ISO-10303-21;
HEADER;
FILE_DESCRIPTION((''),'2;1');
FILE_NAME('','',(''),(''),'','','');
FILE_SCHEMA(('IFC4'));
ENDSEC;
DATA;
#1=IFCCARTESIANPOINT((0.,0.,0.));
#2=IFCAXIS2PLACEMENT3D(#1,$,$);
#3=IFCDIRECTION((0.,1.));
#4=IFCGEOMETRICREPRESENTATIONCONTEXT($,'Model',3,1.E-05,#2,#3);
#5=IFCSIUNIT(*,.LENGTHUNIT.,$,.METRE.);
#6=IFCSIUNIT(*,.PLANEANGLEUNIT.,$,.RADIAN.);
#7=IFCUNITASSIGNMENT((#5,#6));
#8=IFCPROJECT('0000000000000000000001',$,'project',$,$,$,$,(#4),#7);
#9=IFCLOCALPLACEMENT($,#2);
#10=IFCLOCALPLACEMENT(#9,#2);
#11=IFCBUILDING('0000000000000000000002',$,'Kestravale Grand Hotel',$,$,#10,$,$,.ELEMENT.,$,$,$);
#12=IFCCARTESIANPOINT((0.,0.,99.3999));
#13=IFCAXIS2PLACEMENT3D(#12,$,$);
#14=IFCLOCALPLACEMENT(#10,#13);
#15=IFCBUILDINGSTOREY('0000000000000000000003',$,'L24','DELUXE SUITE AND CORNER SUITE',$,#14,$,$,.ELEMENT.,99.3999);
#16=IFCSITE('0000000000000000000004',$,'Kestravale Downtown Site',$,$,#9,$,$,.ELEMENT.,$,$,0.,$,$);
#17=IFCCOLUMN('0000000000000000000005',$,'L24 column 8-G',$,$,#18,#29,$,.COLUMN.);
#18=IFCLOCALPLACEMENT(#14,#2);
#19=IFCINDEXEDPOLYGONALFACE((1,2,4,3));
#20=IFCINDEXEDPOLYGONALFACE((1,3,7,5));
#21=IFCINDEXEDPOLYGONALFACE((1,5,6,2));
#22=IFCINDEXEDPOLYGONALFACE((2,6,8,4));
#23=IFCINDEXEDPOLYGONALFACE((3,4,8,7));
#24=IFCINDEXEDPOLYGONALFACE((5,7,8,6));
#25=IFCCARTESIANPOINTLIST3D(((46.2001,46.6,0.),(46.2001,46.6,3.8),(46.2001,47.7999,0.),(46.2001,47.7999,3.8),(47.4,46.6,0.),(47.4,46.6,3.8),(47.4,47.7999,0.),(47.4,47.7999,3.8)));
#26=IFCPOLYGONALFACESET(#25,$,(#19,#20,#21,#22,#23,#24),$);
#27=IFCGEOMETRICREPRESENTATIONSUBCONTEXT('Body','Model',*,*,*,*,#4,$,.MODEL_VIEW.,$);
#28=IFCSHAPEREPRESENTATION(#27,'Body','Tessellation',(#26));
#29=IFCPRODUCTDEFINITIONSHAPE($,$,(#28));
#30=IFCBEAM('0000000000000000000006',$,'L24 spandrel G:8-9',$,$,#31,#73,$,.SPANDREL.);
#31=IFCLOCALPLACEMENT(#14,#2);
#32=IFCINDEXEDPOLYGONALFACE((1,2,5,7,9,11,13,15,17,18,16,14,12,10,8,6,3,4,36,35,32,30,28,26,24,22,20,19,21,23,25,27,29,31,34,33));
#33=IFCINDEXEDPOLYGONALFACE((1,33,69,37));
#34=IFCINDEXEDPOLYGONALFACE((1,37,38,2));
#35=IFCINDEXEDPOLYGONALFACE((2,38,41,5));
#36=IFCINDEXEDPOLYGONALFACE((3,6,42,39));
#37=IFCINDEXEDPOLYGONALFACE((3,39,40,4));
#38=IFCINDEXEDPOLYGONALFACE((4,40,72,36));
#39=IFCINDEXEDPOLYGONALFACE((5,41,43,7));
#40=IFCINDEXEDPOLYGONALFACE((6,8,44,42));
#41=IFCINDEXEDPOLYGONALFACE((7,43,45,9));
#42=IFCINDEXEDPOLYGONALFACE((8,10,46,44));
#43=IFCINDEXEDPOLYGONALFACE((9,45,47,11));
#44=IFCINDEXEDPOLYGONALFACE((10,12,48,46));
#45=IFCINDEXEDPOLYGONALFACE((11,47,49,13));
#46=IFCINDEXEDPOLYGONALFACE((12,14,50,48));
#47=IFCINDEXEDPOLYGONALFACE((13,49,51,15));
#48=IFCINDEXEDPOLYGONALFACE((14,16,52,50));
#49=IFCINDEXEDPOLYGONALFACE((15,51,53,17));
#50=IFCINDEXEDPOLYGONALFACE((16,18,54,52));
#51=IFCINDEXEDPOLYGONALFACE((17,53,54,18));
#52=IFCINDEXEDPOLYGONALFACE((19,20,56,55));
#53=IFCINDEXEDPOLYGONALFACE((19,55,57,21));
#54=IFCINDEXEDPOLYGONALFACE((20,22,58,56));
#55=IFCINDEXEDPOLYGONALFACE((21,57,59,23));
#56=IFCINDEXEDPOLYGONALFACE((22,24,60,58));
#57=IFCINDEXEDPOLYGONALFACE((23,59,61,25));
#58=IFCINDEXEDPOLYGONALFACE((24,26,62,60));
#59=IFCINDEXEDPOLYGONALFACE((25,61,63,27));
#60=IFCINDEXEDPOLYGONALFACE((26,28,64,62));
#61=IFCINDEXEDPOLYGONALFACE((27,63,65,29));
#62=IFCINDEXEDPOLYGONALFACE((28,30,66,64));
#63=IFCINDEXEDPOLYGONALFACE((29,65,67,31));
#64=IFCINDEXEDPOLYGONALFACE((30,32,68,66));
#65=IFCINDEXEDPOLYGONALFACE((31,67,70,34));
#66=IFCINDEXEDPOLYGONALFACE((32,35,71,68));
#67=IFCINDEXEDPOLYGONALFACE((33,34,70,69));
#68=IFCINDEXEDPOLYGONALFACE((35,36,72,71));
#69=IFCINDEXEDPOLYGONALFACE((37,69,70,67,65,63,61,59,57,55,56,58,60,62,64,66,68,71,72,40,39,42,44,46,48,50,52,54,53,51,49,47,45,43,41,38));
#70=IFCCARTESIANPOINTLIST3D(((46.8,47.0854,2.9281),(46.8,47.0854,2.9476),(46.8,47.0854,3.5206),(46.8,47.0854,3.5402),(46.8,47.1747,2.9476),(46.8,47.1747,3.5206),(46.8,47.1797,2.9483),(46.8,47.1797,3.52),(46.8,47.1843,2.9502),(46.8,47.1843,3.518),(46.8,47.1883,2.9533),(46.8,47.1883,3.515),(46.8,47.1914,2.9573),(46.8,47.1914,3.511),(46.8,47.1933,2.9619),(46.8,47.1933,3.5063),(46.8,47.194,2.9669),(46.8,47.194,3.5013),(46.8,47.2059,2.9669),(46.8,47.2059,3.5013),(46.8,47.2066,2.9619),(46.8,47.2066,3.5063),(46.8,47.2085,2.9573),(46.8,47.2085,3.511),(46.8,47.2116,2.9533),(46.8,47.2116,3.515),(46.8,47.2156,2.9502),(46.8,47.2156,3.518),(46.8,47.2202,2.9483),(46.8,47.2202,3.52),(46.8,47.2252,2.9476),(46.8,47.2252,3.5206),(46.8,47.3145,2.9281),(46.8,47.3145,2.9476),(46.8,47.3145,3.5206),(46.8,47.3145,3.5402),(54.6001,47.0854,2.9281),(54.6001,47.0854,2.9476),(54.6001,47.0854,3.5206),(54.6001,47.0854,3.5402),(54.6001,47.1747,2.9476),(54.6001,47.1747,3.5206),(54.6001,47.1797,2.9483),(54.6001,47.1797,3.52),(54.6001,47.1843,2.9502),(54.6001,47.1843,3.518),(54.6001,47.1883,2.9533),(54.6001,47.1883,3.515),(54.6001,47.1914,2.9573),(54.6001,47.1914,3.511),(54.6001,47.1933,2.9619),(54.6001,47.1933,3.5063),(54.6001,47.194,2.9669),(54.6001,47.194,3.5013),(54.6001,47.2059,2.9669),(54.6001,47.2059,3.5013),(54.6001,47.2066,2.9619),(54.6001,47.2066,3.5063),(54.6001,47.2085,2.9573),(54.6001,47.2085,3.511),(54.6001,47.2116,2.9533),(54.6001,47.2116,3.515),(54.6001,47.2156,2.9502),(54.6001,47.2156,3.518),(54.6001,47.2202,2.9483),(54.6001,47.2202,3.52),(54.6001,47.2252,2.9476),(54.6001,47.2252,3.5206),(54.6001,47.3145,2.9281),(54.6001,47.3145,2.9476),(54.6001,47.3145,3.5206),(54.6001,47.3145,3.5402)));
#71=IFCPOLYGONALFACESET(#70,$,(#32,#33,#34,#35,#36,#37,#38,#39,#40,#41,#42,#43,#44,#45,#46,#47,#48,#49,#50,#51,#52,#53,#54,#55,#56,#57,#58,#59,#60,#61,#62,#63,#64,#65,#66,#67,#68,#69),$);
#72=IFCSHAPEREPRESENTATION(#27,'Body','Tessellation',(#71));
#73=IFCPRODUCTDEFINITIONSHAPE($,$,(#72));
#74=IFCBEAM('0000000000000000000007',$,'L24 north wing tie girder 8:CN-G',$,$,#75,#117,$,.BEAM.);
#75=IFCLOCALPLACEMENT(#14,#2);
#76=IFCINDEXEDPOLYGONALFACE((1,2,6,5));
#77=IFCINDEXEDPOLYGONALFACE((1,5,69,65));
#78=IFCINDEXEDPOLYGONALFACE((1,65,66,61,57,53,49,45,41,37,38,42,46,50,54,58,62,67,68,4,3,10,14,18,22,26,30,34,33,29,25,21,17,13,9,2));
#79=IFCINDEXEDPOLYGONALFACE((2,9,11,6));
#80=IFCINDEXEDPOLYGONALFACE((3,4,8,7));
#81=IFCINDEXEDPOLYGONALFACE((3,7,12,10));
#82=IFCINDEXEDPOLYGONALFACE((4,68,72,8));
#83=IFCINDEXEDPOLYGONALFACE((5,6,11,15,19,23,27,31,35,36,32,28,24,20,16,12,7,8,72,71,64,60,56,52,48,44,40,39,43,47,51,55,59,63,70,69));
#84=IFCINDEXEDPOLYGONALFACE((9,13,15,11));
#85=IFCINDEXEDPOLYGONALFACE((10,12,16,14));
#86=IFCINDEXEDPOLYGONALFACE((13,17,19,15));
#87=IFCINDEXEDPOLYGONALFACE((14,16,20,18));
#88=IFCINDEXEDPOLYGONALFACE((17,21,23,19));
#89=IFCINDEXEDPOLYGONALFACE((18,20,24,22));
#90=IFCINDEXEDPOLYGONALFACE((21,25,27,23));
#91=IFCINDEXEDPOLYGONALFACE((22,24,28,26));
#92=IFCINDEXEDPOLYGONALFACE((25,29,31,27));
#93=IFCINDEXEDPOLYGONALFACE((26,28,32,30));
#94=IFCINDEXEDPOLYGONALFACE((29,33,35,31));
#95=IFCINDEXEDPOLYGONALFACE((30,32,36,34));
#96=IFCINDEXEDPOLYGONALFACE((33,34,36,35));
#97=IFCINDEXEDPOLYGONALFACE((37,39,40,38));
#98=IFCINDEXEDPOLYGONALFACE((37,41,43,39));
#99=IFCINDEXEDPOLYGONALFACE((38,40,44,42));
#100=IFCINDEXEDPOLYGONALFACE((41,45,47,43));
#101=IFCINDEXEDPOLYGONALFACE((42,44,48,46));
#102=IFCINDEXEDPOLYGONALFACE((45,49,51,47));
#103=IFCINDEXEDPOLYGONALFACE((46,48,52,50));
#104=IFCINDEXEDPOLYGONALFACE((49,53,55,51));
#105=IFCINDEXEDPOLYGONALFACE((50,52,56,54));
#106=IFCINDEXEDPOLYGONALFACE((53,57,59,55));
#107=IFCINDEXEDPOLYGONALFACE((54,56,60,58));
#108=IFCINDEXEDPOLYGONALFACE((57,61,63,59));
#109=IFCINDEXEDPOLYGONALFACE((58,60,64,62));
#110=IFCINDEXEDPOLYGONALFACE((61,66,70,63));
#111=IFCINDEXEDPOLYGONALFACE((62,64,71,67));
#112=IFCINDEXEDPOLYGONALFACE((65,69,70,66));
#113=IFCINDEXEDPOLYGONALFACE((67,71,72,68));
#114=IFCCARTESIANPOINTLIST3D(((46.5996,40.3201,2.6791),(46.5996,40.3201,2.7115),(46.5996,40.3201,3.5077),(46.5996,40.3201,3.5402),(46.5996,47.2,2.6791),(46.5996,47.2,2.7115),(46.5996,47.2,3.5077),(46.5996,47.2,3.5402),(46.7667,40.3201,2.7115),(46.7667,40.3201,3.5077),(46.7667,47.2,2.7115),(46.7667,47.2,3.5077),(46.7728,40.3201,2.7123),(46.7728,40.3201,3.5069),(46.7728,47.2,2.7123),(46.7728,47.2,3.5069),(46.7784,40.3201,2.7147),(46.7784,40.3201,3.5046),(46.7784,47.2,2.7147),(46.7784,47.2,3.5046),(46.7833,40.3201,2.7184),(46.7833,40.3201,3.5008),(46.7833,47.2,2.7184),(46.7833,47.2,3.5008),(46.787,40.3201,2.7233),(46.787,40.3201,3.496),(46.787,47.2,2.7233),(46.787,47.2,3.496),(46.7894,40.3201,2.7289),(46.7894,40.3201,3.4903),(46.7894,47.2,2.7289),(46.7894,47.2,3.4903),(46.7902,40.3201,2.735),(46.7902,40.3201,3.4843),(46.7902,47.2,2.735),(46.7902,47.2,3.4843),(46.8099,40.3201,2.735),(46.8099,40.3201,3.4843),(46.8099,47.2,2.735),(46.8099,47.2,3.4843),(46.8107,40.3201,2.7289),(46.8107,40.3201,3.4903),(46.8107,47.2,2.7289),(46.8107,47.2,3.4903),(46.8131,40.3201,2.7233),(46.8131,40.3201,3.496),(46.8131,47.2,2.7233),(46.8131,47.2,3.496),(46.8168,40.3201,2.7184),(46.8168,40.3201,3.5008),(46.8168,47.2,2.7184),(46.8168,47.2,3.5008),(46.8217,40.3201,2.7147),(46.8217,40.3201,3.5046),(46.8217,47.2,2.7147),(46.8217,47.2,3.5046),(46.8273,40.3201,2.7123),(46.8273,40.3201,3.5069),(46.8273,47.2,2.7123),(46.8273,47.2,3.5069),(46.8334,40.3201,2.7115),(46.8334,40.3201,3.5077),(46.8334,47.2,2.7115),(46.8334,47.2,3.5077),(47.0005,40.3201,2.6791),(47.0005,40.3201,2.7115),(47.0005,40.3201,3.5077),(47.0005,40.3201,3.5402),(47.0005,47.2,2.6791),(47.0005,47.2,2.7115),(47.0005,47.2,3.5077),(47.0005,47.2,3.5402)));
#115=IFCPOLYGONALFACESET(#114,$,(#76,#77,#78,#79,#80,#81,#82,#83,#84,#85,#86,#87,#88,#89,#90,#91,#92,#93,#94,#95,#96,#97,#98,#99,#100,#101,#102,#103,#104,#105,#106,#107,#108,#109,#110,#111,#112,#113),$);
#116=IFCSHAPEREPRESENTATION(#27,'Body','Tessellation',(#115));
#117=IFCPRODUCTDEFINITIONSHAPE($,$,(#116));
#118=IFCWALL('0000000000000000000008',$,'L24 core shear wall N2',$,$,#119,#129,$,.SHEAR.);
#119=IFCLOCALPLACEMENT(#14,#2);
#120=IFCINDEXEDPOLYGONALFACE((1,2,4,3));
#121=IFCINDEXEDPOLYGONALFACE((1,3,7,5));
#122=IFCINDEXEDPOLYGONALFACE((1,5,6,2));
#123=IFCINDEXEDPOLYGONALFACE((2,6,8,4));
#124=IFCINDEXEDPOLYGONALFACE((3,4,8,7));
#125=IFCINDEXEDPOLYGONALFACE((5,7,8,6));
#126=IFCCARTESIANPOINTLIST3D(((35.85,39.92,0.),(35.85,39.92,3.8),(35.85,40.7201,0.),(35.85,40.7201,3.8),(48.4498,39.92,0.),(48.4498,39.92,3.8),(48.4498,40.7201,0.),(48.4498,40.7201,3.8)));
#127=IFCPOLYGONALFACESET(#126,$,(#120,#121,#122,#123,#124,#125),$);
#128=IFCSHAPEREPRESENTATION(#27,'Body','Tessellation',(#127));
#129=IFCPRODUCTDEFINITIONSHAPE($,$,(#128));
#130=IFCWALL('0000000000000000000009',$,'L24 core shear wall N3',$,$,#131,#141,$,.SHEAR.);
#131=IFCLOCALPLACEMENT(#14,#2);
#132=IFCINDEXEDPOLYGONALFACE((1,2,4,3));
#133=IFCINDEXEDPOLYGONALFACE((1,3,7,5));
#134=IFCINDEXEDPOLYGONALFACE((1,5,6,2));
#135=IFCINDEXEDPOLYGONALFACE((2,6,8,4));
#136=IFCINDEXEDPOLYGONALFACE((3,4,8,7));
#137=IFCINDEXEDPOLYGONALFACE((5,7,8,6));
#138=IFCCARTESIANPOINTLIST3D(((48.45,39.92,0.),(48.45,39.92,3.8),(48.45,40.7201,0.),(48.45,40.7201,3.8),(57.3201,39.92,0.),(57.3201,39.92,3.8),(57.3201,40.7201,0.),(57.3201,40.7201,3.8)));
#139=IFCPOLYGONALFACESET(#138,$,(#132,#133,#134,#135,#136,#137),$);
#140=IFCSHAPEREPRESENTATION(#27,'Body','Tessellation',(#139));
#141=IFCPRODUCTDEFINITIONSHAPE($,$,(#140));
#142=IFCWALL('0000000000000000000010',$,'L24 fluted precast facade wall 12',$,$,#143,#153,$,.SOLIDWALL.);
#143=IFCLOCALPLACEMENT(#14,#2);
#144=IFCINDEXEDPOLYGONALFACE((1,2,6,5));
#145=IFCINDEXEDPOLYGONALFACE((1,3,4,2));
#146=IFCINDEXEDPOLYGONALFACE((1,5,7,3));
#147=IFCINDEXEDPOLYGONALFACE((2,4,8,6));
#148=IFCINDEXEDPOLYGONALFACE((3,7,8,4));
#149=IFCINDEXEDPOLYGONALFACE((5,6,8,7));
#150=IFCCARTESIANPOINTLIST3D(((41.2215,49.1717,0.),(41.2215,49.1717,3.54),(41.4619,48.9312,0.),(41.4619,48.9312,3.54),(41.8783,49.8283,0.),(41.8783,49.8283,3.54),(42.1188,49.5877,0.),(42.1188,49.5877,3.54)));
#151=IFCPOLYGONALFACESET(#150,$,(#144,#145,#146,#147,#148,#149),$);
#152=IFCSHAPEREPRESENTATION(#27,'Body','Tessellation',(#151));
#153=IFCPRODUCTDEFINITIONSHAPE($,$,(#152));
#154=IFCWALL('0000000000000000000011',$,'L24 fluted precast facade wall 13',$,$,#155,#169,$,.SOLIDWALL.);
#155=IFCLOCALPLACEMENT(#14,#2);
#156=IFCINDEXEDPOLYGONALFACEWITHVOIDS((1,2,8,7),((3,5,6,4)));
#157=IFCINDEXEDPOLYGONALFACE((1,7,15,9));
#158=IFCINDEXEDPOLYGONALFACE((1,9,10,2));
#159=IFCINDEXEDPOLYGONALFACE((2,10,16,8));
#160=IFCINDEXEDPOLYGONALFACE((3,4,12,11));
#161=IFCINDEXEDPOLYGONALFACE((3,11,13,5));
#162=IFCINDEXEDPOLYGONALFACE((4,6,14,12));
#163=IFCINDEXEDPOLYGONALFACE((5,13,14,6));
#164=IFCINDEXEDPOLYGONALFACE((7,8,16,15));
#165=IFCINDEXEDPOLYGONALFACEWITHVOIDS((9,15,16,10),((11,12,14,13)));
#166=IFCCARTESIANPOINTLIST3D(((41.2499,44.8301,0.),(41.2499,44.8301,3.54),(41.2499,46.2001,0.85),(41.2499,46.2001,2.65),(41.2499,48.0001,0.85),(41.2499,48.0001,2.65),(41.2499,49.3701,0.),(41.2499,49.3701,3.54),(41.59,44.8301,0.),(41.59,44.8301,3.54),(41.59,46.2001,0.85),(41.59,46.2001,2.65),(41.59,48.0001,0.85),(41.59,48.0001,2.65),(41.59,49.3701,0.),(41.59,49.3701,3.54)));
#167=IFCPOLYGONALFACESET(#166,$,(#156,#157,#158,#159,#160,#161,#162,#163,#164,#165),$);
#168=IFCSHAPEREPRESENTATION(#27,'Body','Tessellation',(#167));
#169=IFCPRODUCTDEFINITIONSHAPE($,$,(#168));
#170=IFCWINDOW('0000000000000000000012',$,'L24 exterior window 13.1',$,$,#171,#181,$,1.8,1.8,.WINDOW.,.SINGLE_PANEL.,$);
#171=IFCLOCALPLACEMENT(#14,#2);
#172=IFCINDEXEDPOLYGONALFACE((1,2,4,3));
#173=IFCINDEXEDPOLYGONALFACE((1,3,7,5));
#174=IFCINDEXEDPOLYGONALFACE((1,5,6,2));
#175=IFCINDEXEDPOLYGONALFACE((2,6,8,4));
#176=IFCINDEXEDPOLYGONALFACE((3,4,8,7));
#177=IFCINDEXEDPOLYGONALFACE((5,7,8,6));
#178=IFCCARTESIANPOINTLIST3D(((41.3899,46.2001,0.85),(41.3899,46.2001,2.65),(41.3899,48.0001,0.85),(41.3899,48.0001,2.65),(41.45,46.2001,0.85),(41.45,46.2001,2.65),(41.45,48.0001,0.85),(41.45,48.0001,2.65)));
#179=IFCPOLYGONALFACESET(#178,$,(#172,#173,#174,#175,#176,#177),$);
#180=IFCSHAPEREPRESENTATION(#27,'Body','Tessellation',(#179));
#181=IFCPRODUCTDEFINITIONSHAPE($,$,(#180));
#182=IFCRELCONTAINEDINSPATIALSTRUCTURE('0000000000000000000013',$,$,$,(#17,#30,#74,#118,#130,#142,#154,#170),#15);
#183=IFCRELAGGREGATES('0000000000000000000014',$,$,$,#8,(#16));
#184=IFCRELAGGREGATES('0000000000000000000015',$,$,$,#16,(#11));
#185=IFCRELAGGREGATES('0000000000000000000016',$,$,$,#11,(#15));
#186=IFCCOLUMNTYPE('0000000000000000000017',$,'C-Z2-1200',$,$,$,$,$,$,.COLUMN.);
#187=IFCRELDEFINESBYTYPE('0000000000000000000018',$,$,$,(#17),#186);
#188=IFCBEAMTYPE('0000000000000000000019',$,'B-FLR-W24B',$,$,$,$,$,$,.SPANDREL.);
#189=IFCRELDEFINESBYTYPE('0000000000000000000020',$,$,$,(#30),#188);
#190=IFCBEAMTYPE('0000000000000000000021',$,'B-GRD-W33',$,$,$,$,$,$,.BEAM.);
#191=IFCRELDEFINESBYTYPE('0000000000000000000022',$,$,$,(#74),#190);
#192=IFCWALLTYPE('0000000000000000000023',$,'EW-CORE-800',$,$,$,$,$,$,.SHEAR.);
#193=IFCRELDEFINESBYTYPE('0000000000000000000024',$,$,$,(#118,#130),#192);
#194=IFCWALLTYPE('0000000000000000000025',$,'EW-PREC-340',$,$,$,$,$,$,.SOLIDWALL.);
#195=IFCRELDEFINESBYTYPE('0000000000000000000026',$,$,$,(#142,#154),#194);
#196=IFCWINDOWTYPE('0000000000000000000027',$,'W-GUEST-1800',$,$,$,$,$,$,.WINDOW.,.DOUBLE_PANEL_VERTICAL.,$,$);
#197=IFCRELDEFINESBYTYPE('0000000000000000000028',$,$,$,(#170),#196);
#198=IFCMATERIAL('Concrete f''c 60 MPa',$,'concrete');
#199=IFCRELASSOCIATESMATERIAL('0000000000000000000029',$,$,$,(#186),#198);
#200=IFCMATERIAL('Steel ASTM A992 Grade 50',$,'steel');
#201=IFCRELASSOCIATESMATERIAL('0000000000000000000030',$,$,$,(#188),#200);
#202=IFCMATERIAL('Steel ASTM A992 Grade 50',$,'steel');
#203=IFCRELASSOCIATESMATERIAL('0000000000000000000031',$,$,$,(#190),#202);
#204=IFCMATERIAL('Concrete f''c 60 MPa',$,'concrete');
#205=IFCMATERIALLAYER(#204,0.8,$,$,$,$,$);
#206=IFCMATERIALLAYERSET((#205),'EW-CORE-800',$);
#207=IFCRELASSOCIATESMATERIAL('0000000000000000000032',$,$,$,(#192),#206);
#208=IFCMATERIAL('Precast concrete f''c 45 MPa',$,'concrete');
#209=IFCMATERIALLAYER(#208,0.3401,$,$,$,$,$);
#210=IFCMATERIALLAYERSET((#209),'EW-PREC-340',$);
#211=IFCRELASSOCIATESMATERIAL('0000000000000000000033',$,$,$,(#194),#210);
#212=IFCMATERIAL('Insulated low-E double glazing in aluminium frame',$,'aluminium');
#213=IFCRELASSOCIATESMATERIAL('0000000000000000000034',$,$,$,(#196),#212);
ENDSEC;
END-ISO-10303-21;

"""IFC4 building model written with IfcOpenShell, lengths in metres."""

from ifc_helpers import new_model, si_unit, direction, frame, frame_2d, origin, origin_2d, place, context, subcontext, project, spatial, rectangle, i_section, extrude, material, layer, layer_set, material_profile, profile_set, type_object, element, fill, save


model = new_model("IFC4")

# Units and contexts
model_context = context("Model", 3, precision=1e-05, world=origin(), true_north=direction((0.0, 1.0)))
body_context = subcontext(model_context, "Body", "Model", "MODEL_VIEW")
ifc_project = project(units=[si_unit("LENGTHUNIT", "METRE"), si_unit("PLANEANGLEUNIT", "RADIAN")], contexts=[model_context])

# Site, building, storey
site_placement = place(None, origin())
site = spatial("IfcSite", under=ifc_project, at=site_placement, Name="Kestravale Downtown Site", CompositionType="ELEMENT", RefElevation=0.0)
building_placement = place(site_placement, origin())
building = spatial("IfcBuilding", under=site, at=building_placement, Name="Kestravale Grand Hotel", CompositionType="ELEMENT")
storey_placement = place(building_placement, frame((0.0, 0.0, 99.3999)))
storey = spatial("IfcBuildingStorey", under=building, at=storey_placement, Name="L24", Description="DELUXE SUITE AND CORNER SUITE", CompositionType="ELEMENT", Elevation=99.3999)

# Column
ifc_material_1 = material(Name="Concrete f'c 60 MPa", Category="concrete")
ifc_material_profile_1 = material_profile(ifc_material_1, rectangle(XDim=1.2, YDim=1.2, at=origin_2d()))
ifc_profile_set_1 = profile_set([ifc_material_profile_1], Name="Concrete f'c 60 MPa")
column_type = type_object("IfcColumnType", Name="C-Z2-1200", PredefinedType="COLUMN", material=ifc_profile_set_1)
column_placement = place(storey_placement, frame((46.8, 47.2, 0.0), z_axis=(0.0, 0.0, 1.0), x_axis=(1.0, 0.0, 0.0)))
element("IfcColumn", 1, at=column_placement, inside=storey, type_object=column_type, Name="L24 column 8-G", PredefinedType="COLUMN", context=body_context, shape_type="SweptSolid", body=[
    extrude(rectangle(XDim=1.2, YDim=1.2, at=origin_2d()), origin(), (0.0, 0.0, 1.0), 3.8),
])

# Beams
ifc_material_2 = material(Name="Steel ASTM A992 Grade 50", Category="steel")
ifc_material_profile_2 = material_profile(ifc_material_2, i_section(OverallWidth=0.229, OverallDepth=0.6121, WebThickness=0.012, FlangeThickness=0.0195, FilletRadius=0.0193, at=origin_2d()))
ifc_profile_set_2 = profile_set([ifc_material_profile_2], Name="Steel ASTM A992 Grade 50")
beam_type_1 = type_object("IfcBeamType", Name="B-FLR-W24B", PredefinedType="SPANDREL", material=ifc_profile_set_2)
beam_1_placement = place(storey_placement, frame((46.8, 47.2, 3.2341), z_axis=(1.0, 0.0, 0.0), x_axis=(0.0, 1.0, 0.0)))
element("IfcBeam", 2, at=beam_1_placement, inside=storey, type_object=beam_type_1, Name="L24 spandrel G:8-9", PredefinedType="SPANDREL", context=body_context, shape_type="SweptSolid", body=[
    extrude(i_section(OverallWidth=0.229, OverallDepth=0.6121, WebThickness=0.012, FlangeThickness=0.0195, FilletRadius=0.0193, at=origin_2d()), origin(), (0.0, 0.0, 1.0), 7.8),
])
ifc_material_3 = material(Name="Steel ASTM A992 Grade 50", Category="steel")
ifc_material_profile_3 = material_profile(ifc_material_3, i_section(OverallWidth=0.4009, OverallDepth=0.8611, WebThickness=0.0198, FlangeThickness=0.0325, FilletRadius=0.0234, at=origin_2d()))
ifc_profile_set_3 = profile_set([ifc_material_profile_3], Name="Steel ASTM A992 Grade 50")
beam_type_2 = type_object("IfcBeamType", Name="B-GRD-W33", PredefinedType="BEAM", material=ifc_profile_set_3)
beam_2_placement = place(storey_placement, frame((46.8, 40.3201, 3.1096), z_axis=(0.0, 1.0, 0.0), x_axis=(-1.0, 0.0, 0.0)))
element("IfcBeam", 3, at=beam_2_placement, inside=storey, type_object=beam_type_2, Name="L24 north wing tie girder 8:CN-G", PredefinedType="BEAM", context=body_context, shape_type="SweptSolid", body=[
    extrude(i_section(OverallWidth=0.4009, OverallDepth=0.8611, WebThickness=0.0198, FlangeThickness=0.0325, FilletRadius=0.0234, at=origin_2d()), origin(), (0.0, 0.0, 1.0), 6.8799),
])

# Walls
ifc_material_4 = material(Name="Concrete f'c 60 MPa", Category="concrete")
ifc_layer_1 = layer(ifc_material_4, 0.8)
ifc_layer_set_1 = layer_set([ifc_layer_1], Name="EW-CORE-800")
wall_type_1 = type_object("IfcWallType", Name="EW-CORE-800", PredefinedType="SHEAR", material=ifc_layer_set_1)
wall_1_placement = place(storey_placement, frame((35.8501, 40.3201, 0.0), z_axis=(0.0, 0.0, 1.0), x_axis=(1.0, 0.0, 0.0)))
element("IfcWall", 4, at=wall_1_placement, inside=storey, type_object=wall_type_1, Name="L24 core shear wall N2", PredefinedType="SHEAR", context=body_context, shape_type="SweptSolid", body=[
    extrude(rectangle(XDim=12.5999, YDim=0.8, at=frame_2d((6.2998, 0.0))), origin(), (0.0, 0.0, 1.0), 3.8),
])
wall_2_placement = place(storey_placement, frame((48.45, 40.3201, 0.0), z_axis=(0.0, 0.0, 1.0), x_axis=(1.0, 0.0, 0.0)))
element("IfcWall", 5, at=wall_2_placement, inside=storey, type_object=wall_type_1, Name="L24 core shear wall N3", PredefinedType="SHEAR", context=body_context, shape_type="SweptSolid", body=[
    extrude(rectangle(XDim=8.8701, YDim=0.8, at=frame_2d((4.4351, 0.0))), origin(), (0.0, 0.0, 1.0), 3.8),
])
ifc_material_5 = material(Name="Precast concrete f'c 45 MPa", Category="concrete")
ifc_layer_2 = layer(ifc_material_5, 0.3401)
ifc_layer_set_2 = layer_set([ifc_layer_2], Name="EW-PREC-340")
wall_type_2 = type_object("IfcWallType", Name="EW-PREC-340", PredefinedType="SOLIDWALL", material=ifc_layer_set_2)
wall_3_placement = place(storey_placement, frame((41.9985, 49.708, 0.0), z_axis=(0.0, 0.0, 1.0), x_axis=(-0.707238, -0.706975, 0.0)))
element("IfcWall", 6, at=wall_3_placement, inside=storey, type_object=wall_type_2, Name="L24 fluted precast facade wall 12", PredefinedType="SOLIDWALL", context=body_context, shape_type="SweptSolid", body=[
    extrude(rectangle(XDim=0.9287, YDim=0.3401, at=frame_2d((0.4644, 0.0))), origin(), (0.0, 0.0, 1.0), 3.54),
])

# Wall, opening, window
wall_4_placement = place(storey_placement, frame((41.4199, 49.3701, 0.0), z_axis=(0.0, 0.0, 1.0), x_axis=(0.0, -1.0, 0.0)))
wall_4 = element("IfcWall", 7, at=wall_4_placement, inside=storey, type_object=wall_type_2, Name="L24 fluted precast facade wall 13", PredefinedType="SOLIDWALL", context=body_context, shape_type="SweptSolid", body=[
    extrude(rectangle(XDim=4.54, YDim=0.3401, at=frame_2d((2.27, 0.0))), origin(), (0.0, 0.0, 1.0), 3.54),
])
opening_1_placement = place(wall_4_placement, frame((1.3701, 0.0, 0.8501)))
opening_1 = element("IfcOpeningElement", 8, at=opening_1_placement, cuts=wall_4, PredefinedType="OPENING", context=body_context, shape_type="SweptSolid", body=[
    extrude(rectangle(XDim=1.8, YDim=1.8, at=frame_2d((0.8999, 0.8999))), frame((0.0, 0.1799, 0.0), z_axis=(0.0, -1.0, 0.0), x_axis=(1.0, 0.0, 0.0)), (0.0, 0.0, 1.0), 0.3601),
])
ifc_material_6 = material(Name="Insulated low-E double glazing in aluminium frame", Category="aluminium")
window_type = type_object("IfcWindowType", Name="W-GUEST-1800", PartitioningType="DOUBLE_PANEL_VERTICAL", PredefinedType="WINDOW", material=ifc_material_6)
window_1_placement = place(opening_1_placement, origin())
window_1 = element("IfcWindow", 9, at=window_1_placement, inside=storey, type_object=window_type, Name="L24 exterior window 13.1", OverallHeight=1.8, OverallWidth=1.8, PartitioningType="SINGLE_PANEL", PredefinedType="WINDOW", context=body_context, shape_type="SweptSolid", body=[
    extrude(rectangle(XDim=1.8, YDim=1.8, at=frame_2d((0.8999, 0.8999))), frame((0.0, 0.03, 0.0), z_axis=(0.0, -1.0, 0.0), x_axis=(1.0, 0.0, 0.0)), (0.0, 0.0, 1.0), 0.0601),
])
fill(opening_1, window_1)

save(model, "model.ifc")
